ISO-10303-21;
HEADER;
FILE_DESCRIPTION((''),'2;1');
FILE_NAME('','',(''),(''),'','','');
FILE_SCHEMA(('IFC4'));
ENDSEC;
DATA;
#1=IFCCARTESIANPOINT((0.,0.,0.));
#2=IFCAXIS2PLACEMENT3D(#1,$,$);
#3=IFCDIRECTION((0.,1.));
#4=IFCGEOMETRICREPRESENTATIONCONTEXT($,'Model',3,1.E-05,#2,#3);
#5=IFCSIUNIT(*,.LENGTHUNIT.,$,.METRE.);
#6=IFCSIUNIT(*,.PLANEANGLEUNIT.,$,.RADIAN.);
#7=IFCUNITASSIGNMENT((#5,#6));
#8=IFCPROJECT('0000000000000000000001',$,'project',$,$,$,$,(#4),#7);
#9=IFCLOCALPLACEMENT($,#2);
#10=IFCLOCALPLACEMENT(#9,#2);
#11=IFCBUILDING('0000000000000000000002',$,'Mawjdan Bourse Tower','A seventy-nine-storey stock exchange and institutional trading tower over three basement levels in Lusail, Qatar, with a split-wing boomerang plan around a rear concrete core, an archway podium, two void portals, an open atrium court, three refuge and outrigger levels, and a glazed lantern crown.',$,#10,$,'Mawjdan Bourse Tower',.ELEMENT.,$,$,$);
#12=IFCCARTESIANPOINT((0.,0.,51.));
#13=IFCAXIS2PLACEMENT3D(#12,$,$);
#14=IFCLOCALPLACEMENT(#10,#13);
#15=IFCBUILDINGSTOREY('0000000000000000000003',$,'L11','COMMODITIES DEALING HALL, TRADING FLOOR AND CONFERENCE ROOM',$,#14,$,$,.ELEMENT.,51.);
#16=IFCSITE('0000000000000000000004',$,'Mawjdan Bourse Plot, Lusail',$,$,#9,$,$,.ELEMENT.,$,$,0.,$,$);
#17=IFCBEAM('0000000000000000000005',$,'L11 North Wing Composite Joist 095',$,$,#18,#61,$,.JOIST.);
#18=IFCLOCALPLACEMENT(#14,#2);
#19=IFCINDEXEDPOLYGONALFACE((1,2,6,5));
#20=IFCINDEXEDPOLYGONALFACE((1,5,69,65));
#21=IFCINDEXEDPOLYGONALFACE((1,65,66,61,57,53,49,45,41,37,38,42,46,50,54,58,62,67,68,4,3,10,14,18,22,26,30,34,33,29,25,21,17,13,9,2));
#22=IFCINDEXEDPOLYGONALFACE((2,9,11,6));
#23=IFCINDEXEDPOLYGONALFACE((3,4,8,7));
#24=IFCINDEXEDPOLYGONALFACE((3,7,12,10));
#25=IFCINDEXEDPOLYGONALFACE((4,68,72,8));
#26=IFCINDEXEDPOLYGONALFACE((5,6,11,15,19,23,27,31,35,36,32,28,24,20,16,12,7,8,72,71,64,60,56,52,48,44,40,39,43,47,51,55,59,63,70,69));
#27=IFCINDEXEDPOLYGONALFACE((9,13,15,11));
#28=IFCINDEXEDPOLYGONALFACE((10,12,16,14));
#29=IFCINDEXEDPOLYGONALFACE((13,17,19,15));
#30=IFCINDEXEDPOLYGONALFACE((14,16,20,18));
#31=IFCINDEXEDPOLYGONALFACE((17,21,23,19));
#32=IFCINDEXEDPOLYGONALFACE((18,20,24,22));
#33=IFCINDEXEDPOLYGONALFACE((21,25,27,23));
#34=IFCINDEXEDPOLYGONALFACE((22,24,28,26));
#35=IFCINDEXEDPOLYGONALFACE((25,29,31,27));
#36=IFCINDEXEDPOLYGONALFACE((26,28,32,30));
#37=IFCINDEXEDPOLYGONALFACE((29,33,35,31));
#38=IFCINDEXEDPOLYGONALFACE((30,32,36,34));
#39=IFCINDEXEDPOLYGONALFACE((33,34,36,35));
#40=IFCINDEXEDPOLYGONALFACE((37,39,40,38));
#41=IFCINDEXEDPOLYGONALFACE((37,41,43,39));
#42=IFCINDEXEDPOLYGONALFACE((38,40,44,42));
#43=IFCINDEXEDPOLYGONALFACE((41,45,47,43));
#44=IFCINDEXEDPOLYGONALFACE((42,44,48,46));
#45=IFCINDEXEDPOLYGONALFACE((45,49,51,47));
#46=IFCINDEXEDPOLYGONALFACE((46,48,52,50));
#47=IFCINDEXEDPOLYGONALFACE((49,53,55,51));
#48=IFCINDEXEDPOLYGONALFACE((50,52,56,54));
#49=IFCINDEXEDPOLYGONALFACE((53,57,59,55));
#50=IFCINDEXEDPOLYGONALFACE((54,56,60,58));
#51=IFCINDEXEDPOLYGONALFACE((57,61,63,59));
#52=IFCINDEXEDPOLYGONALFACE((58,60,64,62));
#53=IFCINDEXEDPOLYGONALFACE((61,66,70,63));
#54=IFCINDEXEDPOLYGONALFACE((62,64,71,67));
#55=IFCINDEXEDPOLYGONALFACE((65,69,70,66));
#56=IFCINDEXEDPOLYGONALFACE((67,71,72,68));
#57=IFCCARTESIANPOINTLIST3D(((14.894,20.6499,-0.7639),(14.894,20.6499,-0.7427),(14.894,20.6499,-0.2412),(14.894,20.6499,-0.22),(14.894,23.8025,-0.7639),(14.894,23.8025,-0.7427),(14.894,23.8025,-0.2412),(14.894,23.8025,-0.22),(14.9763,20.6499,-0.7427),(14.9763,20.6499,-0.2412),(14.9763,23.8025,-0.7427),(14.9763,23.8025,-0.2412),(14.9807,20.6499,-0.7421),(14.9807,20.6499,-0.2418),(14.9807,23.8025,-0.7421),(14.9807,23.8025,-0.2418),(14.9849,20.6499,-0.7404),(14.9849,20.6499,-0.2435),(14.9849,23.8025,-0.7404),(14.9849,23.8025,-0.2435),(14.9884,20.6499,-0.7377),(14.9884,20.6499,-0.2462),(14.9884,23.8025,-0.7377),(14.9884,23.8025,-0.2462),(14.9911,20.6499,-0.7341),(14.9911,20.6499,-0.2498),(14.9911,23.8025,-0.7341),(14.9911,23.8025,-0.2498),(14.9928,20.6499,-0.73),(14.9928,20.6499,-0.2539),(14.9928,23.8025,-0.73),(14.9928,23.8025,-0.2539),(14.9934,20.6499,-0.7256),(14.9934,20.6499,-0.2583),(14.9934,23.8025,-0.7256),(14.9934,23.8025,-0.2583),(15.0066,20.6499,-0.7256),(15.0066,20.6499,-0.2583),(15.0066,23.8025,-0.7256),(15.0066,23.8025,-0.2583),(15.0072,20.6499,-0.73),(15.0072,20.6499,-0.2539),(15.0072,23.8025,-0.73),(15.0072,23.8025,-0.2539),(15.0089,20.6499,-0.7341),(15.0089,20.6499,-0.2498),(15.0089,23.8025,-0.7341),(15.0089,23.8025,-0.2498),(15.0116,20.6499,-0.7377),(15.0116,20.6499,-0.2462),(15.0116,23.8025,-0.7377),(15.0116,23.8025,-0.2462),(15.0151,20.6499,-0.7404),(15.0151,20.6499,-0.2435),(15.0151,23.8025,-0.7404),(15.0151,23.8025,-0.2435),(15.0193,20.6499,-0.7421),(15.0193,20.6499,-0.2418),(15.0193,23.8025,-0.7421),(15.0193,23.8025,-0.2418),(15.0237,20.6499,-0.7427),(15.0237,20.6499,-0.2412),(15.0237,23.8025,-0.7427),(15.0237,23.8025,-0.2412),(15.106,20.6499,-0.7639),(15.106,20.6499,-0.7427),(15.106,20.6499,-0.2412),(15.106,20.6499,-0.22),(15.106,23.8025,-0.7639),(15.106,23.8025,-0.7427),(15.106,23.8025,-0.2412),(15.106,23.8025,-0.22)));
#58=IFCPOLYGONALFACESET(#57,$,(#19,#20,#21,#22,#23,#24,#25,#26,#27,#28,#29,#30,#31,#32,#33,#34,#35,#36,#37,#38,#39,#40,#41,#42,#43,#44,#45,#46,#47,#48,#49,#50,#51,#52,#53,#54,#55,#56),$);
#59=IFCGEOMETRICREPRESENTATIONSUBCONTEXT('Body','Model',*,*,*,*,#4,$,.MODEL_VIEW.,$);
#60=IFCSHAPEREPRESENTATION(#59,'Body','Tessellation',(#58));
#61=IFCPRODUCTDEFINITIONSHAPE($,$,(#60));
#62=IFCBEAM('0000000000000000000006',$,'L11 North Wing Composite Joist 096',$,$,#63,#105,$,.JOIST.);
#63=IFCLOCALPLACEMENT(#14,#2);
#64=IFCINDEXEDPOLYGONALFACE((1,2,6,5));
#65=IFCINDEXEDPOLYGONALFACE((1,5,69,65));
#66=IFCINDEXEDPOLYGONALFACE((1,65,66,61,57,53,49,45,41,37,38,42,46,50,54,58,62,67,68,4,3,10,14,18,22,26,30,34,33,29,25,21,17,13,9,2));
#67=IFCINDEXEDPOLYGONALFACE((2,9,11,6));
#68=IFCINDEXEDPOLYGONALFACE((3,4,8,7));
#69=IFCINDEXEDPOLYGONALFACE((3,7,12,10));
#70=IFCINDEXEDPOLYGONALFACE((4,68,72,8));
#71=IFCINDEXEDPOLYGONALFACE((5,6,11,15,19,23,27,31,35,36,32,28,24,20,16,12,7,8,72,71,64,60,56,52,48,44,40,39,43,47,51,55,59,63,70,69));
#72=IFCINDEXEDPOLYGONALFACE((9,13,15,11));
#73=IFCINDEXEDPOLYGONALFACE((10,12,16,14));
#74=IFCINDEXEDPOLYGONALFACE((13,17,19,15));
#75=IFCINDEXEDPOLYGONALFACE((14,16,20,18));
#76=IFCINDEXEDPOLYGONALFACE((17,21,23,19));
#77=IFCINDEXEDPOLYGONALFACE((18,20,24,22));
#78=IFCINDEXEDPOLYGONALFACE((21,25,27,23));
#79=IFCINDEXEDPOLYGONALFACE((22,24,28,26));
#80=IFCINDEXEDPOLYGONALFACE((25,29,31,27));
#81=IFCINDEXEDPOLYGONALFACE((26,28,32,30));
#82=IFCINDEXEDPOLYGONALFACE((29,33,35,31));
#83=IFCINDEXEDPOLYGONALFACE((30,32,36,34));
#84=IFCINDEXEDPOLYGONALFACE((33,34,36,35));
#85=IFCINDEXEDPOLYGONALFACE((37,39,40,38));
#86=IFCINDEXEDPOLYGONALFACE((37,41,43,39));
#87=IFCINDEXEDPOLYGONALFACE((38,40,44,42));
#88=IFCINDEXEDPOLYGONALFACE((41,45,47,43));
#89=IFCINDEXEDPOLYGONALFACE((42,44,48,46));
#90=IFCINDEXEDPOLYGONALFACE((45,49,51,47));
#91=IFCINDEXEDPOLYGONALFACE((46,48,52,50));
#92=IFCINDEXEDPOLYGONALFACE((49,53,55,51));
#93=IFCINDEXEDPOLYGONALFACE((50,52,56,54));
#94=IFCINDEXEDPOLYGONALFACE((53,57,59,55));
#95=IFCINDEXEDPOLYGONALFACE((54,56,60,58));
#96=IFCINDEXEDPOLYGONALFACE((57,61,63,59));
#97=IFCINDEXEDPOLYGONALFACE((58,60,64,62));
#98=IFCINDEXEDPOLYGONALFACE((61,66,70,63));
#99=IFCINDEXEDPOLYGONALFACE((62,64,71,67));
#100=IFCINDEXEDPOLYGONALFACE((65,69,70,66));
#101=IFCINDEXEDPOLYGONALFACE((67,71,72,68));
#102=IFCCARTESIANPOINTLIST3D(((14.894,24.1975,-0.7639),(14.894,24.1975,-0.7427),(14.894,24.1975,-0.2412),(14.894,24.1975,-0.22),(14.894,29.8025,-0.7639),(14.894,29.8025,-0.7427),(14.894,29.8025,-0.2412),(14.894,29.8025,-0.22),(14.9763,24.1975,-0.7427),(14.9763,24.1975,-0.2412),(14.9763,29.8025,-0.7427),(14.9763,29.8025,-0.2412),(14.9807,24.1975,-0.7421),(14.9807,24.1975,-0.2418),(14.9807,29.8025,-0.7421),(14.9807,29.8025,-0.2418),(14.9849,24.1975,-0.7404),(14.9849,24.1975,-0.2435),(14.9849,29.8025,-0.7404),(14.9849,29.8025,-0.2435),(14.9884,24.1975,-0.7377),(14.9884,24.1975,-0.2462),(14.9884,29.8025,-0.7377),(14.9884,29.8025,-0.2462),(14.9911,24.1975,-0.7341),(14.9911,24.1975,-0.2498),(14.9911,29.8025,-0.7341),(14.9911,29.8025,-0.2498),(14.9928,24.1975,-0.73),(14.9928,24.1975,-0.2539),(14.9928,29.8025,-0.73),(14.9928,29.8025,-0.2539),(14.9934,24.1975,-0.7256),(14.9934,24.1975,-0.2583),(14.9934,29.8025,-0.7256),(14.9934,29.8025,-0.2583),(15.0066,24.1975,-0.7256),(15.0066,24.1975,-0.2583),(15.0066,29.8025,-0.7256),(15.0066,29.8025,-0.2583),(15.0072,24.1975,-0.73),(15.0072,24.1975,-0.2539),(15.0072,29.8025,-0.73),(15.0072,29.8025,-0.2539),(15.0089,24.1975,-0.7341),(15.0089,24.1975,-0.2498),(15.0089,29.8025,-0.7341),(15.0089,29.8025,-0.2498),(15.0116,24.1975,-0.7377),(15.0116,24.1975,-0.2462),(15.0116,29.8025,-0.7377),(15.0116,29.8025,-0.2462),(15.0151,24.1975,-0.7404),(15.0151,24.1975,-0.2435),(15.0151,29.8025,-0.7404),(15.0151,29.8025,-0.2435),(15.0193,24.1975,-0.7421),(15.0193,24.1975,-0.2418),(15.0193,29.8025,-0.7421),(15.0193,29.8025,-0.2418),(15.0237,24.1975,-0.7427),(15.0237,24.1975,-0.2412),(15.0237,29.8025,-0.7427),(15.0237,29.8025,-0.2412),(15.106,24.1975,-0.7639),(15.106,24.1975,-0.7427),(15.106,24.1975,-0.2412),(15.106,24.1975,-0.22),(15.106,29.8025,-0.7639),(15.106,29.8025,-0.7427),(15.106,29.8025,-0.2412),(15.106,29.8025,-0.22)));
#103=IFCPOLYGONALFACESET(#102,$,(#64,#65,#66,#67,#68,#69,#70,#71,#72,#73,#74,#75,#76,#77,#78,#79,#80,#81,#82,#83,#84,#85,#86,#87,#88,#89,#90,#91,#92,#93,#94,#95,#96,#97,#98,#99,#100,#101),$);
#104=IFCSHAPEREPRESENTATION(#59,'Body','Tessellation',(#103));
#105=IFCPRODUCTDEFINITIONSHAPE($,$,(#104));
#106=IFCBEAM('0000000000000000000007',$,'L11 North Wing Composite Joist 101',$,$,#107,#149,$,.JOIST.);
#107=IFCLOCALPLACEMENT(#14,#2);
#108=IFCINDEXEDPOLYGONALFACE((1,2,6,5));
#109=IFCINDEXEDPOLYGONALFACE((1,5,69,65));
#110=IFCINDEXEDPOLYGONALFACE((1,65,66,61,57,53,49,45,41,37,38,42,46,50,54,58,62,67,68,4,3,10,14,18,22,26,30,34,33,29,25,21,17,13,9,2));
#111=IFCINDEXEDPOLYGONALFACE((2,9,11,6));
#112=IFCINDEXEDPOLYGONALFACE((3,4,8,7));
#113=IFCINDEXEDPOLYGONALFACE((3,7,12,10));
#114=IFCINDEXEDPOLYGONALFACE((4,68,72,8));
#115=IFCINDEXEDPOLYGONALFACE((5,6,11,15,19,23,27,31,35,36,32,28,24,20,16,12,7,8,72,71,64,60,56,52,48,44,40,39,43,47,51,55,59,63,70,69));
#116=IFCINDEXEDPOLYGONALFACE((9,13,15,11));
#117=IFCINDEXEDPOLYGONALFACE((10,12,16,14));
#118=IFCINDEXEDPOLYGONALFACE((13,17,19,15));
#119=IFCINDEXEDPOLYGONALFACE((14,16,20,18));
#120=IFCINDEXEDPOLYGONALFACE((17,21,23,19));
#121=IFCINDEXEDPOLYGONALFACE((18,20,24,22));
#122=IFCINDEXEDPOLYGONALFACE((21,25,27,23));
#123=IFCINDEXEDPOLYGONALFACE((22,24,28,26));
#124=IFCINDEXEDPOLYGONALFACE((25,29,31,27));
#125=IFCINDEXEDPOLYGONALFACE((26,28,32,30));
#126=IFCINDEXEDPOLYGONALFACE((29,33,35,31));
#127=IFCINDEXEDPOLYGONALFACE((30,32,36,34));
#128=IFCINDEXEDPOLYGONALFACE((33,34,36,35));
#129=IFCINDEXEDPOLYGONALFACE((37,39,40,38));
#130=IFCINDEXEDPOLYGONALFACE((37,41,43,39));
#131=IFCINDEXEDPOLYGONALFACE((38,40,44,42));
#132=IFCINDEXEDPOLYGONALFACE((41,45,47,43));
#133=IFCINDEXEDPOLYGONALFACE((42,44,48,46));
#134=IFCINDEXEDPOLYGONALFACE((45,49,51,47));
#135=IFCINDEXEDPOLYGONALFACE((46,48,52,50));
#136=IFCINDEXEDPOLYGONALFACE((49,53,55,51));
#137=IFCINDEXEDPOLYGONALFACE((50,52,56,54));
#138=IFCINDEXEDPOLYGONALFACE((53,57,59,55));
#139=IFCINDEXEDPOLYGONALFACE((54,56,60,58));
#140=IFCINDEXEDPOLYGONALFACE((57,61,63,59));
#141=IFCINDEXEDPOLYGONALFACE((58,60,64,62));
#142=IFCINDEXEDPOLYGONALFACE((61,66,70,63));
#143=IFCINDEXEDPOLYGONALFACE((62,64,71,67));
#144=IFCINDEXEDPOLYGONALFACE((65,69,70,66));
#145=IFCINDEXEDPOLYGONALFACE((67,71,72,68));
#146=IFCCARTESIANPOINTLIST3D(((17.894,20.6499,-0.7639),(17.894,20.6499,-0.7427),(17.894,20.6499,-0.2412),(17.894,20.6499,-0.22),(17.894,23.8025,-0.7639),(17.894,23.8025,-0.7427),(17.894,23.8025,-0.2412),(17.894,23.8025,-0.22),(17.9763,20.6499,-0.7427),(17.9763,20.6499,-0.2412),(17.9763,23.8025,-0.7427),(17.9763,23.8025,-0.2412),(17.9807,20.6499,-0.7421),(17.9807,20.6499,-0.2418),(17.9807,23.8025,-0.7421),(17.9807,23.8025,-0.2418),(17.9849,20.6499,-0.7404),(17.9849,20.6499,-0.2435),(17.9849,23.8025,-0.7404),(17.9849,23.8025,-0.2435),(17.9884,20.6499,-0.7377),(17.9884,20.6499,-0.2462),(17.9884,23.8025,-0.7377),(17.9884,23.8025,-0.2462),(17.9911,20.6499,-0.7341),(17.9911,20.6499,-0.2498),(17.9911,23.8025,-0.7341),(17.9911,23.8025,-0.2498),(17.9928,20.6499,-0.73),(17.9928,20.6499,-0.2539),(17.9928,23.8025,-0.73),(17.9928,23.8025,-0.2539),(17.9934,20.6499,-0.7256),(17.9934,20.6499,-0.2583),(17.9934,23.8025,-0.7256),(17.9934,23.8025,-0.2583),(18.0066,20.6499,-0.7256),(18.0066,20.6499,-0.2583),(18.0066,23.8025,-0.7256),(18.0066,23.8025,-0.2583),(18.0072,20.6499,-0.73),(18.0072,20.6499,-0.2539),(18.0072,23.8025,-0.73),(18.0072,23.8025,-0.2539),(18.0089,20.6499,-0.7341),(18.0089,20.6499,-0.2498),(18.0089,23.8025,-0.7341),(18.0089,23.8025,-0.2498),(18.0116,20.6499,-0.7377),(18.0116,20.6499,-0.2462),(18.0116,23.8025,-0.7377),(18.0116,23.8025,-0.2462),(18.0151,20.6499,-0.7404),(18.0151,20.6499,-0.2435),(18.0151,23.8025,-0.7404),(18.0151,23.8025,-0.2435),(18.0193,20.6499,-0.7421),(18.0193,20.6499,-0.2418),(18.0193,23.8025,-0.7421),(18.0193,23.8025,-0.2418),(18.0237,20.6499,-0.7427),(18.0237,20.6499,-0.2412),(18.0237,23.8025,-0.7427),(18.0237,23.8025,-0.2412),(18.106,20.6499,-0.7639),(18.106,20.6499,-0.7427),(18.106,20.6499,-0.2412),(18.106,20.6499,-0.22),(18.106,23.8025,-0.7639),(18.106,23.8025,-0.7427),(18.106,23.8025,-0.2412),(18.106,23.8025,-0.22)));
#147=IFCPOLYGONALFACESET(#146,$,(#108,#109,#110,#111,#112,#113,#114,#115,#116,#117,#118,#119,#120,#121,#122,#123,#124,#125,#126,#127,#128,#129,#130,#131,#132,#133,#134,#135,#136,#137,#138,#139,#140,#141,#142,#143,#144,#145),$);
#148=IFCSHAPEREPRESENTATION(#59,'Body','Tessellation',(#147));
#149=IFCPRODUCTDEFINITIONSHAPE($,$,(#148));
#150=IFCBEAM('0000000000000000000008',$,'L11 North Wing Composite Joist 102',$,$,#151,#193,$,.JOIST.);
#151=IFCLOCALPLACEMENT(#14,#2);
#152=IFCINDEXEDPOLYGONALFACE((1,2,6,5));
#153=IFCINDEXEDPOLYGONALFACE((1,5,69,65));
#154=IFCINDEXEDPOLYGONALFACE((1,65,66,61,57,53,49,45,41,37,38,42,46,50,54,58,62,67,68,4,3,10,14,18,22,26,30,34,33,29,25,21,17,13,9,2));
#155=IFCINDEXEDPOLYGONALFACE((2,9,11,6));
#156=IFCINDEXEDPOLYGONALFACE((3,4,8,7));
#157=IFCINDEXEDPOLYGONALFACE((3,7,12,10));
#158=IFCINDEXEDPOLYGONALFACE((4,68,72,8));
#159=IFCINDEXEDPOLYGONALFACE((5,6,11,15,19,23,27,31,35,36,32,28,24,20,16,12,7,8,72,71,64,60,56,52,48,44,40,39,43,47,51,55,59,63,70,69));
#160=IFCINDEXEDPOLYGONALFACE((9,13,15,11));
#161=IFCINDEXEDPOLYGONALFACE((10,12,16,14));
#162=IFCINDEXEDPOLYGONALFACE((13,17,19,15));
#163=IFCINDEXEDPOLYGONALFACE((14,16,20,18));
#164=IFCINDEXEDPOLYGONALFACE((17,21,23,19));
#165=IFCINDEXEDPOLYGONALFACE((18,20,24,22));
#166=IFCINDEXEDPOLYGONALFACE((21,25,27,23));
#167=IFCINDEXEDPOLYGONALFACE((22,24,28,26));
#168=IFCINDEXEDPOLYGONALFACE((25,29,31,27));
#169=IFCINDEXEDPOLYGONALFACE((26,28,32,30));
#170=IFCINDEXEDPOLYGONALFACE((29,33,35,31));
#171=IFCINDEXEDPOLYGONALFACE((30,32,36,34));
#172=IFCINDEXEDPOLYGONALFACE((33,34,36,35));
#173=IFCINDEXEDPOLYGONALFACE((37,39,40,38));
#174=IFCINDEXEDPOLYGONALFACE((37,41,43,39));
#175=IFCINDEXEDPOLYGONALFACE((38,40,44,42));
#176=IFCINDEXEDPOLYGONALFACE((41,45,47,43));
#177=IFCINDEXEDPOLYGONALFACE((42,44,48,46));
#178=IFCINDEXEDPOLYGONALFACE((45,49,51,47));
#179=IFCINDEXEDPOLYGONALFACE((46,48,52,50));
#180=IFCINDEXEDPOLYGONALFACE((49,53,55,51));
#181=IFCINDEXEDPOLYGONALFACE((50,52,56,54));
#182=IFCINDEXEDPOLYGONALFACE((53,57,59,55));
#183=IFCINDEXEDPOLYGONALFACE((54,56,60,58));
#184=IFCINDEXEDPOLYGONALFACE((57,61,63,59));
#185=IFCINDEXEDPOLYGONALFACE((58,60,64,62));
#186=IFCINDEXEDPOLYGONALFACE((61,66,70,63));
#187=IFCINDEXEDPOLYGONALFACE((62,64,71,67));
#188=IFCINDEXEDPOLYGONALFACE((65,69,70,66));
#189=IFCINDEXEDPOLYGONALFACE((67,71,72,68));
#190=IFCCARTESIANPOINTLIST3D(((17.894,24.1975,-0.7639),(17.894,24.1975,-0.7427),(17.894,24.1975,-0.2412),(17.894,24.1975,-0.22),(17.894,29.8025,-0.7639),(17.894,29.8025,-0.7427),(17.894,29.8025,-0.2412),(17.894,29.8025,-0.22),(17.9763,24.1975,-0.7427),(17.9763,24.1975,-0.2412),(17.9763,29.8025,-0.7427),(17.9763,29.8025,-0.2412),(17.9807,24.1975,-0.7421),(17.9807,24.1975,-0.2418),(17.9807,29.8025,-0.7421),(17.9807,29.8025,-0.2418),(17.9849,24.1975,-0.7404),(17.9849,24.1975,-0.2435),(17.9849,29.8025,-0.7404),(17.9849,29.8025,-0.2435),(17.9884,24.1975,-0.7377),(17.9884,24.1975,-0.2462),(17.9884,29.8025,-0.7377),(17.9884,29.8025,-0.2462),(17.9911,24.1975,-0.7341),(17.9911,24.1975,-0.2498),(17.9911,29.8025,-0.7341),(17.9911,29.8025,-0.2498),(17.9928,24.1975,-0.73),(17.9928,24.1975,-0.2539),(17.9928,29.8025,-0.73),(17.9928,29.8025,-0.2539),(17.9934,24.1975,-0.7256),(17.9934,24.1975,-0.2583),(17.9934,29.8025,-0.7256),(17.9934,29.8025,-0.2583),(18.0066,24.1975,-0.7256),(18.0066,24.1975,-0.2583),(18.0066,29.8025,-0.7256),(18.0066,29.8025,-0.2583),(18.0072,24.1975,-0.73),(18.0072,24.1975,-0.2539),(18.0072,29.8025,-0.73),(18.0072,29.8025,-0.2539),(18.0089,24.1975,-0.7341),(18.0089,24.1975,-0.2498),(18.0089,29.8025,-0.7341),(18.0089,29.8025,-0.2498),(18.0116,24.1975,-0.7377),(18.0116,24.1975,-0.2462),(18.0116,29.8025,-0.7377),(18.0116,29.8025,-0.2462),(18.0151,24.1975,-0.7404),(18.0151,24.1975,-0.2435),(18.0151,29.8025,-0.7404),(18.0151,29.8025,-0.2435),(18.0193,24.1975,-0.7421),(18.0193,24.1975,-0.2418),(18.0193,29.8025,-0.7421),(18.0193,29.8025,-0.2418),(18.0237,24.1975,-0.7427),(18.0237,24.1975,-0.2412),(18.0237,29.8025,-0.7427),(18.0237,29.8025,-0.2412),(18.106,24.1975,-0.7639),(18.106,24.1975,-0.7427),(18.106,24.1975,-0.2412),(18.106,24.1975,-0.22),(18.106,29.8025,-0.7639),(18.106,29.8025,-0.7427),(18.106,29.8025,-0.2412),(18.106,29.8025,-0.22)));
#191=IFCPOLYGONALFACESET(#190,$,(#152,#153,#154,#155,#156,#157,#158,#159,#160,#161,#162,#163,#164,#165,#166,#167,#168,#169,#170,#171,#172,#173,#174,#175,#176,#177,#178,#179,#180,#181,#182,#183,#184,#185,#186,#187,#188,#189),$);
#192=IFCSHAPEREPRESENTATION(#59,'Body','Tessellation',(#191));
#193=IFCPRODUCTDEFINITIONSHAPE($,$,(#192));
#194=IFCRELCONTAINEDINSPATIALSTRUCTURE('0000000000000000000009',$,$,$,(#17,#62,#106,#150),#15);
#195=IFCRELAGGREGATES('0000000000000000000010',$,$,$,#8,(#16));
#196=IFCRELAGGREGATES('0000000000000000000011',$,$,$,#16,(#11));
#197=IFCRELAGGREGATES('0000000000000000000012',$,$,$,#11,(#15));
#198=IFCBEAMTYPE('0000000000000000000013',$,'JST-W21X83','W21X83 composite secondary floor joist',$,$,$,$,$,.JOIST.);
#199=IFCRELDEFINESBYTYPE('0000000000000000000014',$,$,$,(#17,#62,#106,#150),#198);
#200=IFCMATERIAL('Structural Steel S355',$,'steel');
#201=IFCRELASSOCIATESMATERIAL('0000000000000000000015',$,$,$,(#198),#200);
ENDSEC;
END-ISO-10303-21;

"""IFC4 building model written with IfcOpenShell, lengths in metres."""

from ifc_helpers import new_model, si_unit, direction, frame, origin, origin_2d, place, context, subcontext, project, spatial, i_section, extrude, material, material_profile, profile_set, type_object, element, save


model = new_model("IFC4")

# Units and contexts
model_context = context("Model", 3, precision=1e-05, world=origin(), true_north=direction((0.0, 1.0)))
body_context = subcontext(model_context, "Body", "Model", "MODEL_VIEW")
ifc_project = project(units=[si_unit("LENGTHUNIT", "METRE"), si_unit("PLANEANGLEUNIT", "RADIAN")], contexts=[model_context])

# Site, building, storey
site_placement = place(None, origin())
site = spatial("IfcSite", under=ifc_project, at=site_placement, Name="Mawjdan Bourse Plot, Lusail", CompositionType="ELEMENT", RefElevation=0.0)
building_placement = place(site_placement, origin())
building = spatial("IfcBuilding", under=site, at=building_placement, Name="Mawjdan Bourse Tower", Description="A seventy-nine-storey stock exchange and institutional trading tower over three basement levels in Lusail, Qatar, with a split-wing boomerang plan around a rear concrete core, an archway podium, two void portals, an open atrium court, three refuge and outrigger levels, and a glazed lantern crown.", LongName="Mawjdan Bourse Tower", CompositionType="ELEMENT")
storey_placement = place(building_placement, frame((0.0, 0.0, 51.0)))
storey = spatial("IfcBuildingStorey", under=building, at=storey_placement, Name="L11", Description="COMMODITIES DEALING HALL, TRADING FLOOR AND CONFERENCE ROOM", CompositionType="ELEMENT", Elevation=51.0)

# Beams
ifc_material_1 = material(Name="Structural Steel S355", Category="steel")
ifc_material_profile_1 = material_profile(ifc_material_1, i_section(OverallWidth=0.2119, OverallDepth=0.5439, WebThickness=0.0132, FlangeThickness=0.0212, FilletRadius=0.0171, at=origin_2d()), Name="W21X83")
ifc_profile_set_1 = profile_set([ifc_material_profile_1], Name="Structural Steel S355")
beam_type_1 = type_object("IfcBeamType", Name="JST-W21X83", Description="W21X83 composite secondary floor joist", PredefinedType="JOIST", material=ifc_profile_set_1)
beam_1_placement = place(storey_placement, frame((15.0, 20.6499, -0.4919), z_axis=(0.0, 1.0, 0.0), x_axis=(-1.0, 0.0, 0.0)))
element("IfcBeam", 1, at=beam_1_placement, inside=storey, type_object=beam_type_1, Name="L11 North Wing Composite Joist 095", PredefinedType="JOIST", context=body_context, shape_type="SweptSolid", body=[
    extrude(i_section(OverallWidth=0.2119, OverallDepth=0.5439, WebThickness=0.0132, FlangeThickness=0.0212, FilletRadius=0.0171, at=origin_2d()), origin(), (0.0, 0.0, 1.0), 3.1526),
])
beam_2_placement = place(storey_placement, frame((15.0, 24.1975, -0.4919), z_axis=(0.0, 1.0, 0.0), x_axis=(-1.0, 0.0, 0.0)))
element("IfcBeam", 2, at=beam_2_placement, inside=storey, type_object=beam_type_1, Name="L11 North Wing Composite Joist 096", PredefinedType="JOIST", context=body_context, shape_type="SweptSolid", body=[
    extrude(i_section(OverallWidth=0.2119, OverallDepth=0.5439, WebThickness=0.0132, FlangeThickness=0.0212, FilletRadius=0.0171, at=origin_2d()), origin(), (0.0, 0.0, 1.0), 5.605),
])
beam_3_placement = place(storey_placement, frame((18.0, 20.6499, -0.4919), z_axis=(0.0, 1.0, 0.0), x_axis=(-1.0, 0.0, 0.0)))
element("IfcBeam", 3, at=beam_3_placement, inside=storey, type_object=beam_type_1, Name="L11 North Wing Composite Joist 101", PredefinedType="JOIST", context=body_context, shape_type="SweptSolid", body=[
    extrude(i_section(OverallWidth=0.2119, OverallDepth=0.5439, WebThickness=0.0132, FlangeThickness=0.0212, FilletRadius=0.0171, at=origin_2d()), origin(), (0.0, 0.0, 1.0), 3.1526),
])
beam_4_placement = place(storey_placement, frame((18.0, 24.1975, -0.4919), z_axis=(0.0, 1.0, 0.0), x_axis=(-1.0, 0.0, 0.0)))
element("IfcBeam", 4, at=beam_4_placement, inside=storey, type_object=beam_type_1, Name="L11 North Wing Composite Joist 102", PredefinedType="JOIST", context=body_context, shape_type="SweptSolid", body=[
    extrude(i_section(OverallWidth=0.2119, OverallDepth=0.5439, WebThickness=0.0132, FlangeThickness=0.0212, FilletRadius=0.0171, at=origin_2d()), origin(), (0.0, 0.0, 1.0), 5.605),
])

save(model, "model.ifc")
